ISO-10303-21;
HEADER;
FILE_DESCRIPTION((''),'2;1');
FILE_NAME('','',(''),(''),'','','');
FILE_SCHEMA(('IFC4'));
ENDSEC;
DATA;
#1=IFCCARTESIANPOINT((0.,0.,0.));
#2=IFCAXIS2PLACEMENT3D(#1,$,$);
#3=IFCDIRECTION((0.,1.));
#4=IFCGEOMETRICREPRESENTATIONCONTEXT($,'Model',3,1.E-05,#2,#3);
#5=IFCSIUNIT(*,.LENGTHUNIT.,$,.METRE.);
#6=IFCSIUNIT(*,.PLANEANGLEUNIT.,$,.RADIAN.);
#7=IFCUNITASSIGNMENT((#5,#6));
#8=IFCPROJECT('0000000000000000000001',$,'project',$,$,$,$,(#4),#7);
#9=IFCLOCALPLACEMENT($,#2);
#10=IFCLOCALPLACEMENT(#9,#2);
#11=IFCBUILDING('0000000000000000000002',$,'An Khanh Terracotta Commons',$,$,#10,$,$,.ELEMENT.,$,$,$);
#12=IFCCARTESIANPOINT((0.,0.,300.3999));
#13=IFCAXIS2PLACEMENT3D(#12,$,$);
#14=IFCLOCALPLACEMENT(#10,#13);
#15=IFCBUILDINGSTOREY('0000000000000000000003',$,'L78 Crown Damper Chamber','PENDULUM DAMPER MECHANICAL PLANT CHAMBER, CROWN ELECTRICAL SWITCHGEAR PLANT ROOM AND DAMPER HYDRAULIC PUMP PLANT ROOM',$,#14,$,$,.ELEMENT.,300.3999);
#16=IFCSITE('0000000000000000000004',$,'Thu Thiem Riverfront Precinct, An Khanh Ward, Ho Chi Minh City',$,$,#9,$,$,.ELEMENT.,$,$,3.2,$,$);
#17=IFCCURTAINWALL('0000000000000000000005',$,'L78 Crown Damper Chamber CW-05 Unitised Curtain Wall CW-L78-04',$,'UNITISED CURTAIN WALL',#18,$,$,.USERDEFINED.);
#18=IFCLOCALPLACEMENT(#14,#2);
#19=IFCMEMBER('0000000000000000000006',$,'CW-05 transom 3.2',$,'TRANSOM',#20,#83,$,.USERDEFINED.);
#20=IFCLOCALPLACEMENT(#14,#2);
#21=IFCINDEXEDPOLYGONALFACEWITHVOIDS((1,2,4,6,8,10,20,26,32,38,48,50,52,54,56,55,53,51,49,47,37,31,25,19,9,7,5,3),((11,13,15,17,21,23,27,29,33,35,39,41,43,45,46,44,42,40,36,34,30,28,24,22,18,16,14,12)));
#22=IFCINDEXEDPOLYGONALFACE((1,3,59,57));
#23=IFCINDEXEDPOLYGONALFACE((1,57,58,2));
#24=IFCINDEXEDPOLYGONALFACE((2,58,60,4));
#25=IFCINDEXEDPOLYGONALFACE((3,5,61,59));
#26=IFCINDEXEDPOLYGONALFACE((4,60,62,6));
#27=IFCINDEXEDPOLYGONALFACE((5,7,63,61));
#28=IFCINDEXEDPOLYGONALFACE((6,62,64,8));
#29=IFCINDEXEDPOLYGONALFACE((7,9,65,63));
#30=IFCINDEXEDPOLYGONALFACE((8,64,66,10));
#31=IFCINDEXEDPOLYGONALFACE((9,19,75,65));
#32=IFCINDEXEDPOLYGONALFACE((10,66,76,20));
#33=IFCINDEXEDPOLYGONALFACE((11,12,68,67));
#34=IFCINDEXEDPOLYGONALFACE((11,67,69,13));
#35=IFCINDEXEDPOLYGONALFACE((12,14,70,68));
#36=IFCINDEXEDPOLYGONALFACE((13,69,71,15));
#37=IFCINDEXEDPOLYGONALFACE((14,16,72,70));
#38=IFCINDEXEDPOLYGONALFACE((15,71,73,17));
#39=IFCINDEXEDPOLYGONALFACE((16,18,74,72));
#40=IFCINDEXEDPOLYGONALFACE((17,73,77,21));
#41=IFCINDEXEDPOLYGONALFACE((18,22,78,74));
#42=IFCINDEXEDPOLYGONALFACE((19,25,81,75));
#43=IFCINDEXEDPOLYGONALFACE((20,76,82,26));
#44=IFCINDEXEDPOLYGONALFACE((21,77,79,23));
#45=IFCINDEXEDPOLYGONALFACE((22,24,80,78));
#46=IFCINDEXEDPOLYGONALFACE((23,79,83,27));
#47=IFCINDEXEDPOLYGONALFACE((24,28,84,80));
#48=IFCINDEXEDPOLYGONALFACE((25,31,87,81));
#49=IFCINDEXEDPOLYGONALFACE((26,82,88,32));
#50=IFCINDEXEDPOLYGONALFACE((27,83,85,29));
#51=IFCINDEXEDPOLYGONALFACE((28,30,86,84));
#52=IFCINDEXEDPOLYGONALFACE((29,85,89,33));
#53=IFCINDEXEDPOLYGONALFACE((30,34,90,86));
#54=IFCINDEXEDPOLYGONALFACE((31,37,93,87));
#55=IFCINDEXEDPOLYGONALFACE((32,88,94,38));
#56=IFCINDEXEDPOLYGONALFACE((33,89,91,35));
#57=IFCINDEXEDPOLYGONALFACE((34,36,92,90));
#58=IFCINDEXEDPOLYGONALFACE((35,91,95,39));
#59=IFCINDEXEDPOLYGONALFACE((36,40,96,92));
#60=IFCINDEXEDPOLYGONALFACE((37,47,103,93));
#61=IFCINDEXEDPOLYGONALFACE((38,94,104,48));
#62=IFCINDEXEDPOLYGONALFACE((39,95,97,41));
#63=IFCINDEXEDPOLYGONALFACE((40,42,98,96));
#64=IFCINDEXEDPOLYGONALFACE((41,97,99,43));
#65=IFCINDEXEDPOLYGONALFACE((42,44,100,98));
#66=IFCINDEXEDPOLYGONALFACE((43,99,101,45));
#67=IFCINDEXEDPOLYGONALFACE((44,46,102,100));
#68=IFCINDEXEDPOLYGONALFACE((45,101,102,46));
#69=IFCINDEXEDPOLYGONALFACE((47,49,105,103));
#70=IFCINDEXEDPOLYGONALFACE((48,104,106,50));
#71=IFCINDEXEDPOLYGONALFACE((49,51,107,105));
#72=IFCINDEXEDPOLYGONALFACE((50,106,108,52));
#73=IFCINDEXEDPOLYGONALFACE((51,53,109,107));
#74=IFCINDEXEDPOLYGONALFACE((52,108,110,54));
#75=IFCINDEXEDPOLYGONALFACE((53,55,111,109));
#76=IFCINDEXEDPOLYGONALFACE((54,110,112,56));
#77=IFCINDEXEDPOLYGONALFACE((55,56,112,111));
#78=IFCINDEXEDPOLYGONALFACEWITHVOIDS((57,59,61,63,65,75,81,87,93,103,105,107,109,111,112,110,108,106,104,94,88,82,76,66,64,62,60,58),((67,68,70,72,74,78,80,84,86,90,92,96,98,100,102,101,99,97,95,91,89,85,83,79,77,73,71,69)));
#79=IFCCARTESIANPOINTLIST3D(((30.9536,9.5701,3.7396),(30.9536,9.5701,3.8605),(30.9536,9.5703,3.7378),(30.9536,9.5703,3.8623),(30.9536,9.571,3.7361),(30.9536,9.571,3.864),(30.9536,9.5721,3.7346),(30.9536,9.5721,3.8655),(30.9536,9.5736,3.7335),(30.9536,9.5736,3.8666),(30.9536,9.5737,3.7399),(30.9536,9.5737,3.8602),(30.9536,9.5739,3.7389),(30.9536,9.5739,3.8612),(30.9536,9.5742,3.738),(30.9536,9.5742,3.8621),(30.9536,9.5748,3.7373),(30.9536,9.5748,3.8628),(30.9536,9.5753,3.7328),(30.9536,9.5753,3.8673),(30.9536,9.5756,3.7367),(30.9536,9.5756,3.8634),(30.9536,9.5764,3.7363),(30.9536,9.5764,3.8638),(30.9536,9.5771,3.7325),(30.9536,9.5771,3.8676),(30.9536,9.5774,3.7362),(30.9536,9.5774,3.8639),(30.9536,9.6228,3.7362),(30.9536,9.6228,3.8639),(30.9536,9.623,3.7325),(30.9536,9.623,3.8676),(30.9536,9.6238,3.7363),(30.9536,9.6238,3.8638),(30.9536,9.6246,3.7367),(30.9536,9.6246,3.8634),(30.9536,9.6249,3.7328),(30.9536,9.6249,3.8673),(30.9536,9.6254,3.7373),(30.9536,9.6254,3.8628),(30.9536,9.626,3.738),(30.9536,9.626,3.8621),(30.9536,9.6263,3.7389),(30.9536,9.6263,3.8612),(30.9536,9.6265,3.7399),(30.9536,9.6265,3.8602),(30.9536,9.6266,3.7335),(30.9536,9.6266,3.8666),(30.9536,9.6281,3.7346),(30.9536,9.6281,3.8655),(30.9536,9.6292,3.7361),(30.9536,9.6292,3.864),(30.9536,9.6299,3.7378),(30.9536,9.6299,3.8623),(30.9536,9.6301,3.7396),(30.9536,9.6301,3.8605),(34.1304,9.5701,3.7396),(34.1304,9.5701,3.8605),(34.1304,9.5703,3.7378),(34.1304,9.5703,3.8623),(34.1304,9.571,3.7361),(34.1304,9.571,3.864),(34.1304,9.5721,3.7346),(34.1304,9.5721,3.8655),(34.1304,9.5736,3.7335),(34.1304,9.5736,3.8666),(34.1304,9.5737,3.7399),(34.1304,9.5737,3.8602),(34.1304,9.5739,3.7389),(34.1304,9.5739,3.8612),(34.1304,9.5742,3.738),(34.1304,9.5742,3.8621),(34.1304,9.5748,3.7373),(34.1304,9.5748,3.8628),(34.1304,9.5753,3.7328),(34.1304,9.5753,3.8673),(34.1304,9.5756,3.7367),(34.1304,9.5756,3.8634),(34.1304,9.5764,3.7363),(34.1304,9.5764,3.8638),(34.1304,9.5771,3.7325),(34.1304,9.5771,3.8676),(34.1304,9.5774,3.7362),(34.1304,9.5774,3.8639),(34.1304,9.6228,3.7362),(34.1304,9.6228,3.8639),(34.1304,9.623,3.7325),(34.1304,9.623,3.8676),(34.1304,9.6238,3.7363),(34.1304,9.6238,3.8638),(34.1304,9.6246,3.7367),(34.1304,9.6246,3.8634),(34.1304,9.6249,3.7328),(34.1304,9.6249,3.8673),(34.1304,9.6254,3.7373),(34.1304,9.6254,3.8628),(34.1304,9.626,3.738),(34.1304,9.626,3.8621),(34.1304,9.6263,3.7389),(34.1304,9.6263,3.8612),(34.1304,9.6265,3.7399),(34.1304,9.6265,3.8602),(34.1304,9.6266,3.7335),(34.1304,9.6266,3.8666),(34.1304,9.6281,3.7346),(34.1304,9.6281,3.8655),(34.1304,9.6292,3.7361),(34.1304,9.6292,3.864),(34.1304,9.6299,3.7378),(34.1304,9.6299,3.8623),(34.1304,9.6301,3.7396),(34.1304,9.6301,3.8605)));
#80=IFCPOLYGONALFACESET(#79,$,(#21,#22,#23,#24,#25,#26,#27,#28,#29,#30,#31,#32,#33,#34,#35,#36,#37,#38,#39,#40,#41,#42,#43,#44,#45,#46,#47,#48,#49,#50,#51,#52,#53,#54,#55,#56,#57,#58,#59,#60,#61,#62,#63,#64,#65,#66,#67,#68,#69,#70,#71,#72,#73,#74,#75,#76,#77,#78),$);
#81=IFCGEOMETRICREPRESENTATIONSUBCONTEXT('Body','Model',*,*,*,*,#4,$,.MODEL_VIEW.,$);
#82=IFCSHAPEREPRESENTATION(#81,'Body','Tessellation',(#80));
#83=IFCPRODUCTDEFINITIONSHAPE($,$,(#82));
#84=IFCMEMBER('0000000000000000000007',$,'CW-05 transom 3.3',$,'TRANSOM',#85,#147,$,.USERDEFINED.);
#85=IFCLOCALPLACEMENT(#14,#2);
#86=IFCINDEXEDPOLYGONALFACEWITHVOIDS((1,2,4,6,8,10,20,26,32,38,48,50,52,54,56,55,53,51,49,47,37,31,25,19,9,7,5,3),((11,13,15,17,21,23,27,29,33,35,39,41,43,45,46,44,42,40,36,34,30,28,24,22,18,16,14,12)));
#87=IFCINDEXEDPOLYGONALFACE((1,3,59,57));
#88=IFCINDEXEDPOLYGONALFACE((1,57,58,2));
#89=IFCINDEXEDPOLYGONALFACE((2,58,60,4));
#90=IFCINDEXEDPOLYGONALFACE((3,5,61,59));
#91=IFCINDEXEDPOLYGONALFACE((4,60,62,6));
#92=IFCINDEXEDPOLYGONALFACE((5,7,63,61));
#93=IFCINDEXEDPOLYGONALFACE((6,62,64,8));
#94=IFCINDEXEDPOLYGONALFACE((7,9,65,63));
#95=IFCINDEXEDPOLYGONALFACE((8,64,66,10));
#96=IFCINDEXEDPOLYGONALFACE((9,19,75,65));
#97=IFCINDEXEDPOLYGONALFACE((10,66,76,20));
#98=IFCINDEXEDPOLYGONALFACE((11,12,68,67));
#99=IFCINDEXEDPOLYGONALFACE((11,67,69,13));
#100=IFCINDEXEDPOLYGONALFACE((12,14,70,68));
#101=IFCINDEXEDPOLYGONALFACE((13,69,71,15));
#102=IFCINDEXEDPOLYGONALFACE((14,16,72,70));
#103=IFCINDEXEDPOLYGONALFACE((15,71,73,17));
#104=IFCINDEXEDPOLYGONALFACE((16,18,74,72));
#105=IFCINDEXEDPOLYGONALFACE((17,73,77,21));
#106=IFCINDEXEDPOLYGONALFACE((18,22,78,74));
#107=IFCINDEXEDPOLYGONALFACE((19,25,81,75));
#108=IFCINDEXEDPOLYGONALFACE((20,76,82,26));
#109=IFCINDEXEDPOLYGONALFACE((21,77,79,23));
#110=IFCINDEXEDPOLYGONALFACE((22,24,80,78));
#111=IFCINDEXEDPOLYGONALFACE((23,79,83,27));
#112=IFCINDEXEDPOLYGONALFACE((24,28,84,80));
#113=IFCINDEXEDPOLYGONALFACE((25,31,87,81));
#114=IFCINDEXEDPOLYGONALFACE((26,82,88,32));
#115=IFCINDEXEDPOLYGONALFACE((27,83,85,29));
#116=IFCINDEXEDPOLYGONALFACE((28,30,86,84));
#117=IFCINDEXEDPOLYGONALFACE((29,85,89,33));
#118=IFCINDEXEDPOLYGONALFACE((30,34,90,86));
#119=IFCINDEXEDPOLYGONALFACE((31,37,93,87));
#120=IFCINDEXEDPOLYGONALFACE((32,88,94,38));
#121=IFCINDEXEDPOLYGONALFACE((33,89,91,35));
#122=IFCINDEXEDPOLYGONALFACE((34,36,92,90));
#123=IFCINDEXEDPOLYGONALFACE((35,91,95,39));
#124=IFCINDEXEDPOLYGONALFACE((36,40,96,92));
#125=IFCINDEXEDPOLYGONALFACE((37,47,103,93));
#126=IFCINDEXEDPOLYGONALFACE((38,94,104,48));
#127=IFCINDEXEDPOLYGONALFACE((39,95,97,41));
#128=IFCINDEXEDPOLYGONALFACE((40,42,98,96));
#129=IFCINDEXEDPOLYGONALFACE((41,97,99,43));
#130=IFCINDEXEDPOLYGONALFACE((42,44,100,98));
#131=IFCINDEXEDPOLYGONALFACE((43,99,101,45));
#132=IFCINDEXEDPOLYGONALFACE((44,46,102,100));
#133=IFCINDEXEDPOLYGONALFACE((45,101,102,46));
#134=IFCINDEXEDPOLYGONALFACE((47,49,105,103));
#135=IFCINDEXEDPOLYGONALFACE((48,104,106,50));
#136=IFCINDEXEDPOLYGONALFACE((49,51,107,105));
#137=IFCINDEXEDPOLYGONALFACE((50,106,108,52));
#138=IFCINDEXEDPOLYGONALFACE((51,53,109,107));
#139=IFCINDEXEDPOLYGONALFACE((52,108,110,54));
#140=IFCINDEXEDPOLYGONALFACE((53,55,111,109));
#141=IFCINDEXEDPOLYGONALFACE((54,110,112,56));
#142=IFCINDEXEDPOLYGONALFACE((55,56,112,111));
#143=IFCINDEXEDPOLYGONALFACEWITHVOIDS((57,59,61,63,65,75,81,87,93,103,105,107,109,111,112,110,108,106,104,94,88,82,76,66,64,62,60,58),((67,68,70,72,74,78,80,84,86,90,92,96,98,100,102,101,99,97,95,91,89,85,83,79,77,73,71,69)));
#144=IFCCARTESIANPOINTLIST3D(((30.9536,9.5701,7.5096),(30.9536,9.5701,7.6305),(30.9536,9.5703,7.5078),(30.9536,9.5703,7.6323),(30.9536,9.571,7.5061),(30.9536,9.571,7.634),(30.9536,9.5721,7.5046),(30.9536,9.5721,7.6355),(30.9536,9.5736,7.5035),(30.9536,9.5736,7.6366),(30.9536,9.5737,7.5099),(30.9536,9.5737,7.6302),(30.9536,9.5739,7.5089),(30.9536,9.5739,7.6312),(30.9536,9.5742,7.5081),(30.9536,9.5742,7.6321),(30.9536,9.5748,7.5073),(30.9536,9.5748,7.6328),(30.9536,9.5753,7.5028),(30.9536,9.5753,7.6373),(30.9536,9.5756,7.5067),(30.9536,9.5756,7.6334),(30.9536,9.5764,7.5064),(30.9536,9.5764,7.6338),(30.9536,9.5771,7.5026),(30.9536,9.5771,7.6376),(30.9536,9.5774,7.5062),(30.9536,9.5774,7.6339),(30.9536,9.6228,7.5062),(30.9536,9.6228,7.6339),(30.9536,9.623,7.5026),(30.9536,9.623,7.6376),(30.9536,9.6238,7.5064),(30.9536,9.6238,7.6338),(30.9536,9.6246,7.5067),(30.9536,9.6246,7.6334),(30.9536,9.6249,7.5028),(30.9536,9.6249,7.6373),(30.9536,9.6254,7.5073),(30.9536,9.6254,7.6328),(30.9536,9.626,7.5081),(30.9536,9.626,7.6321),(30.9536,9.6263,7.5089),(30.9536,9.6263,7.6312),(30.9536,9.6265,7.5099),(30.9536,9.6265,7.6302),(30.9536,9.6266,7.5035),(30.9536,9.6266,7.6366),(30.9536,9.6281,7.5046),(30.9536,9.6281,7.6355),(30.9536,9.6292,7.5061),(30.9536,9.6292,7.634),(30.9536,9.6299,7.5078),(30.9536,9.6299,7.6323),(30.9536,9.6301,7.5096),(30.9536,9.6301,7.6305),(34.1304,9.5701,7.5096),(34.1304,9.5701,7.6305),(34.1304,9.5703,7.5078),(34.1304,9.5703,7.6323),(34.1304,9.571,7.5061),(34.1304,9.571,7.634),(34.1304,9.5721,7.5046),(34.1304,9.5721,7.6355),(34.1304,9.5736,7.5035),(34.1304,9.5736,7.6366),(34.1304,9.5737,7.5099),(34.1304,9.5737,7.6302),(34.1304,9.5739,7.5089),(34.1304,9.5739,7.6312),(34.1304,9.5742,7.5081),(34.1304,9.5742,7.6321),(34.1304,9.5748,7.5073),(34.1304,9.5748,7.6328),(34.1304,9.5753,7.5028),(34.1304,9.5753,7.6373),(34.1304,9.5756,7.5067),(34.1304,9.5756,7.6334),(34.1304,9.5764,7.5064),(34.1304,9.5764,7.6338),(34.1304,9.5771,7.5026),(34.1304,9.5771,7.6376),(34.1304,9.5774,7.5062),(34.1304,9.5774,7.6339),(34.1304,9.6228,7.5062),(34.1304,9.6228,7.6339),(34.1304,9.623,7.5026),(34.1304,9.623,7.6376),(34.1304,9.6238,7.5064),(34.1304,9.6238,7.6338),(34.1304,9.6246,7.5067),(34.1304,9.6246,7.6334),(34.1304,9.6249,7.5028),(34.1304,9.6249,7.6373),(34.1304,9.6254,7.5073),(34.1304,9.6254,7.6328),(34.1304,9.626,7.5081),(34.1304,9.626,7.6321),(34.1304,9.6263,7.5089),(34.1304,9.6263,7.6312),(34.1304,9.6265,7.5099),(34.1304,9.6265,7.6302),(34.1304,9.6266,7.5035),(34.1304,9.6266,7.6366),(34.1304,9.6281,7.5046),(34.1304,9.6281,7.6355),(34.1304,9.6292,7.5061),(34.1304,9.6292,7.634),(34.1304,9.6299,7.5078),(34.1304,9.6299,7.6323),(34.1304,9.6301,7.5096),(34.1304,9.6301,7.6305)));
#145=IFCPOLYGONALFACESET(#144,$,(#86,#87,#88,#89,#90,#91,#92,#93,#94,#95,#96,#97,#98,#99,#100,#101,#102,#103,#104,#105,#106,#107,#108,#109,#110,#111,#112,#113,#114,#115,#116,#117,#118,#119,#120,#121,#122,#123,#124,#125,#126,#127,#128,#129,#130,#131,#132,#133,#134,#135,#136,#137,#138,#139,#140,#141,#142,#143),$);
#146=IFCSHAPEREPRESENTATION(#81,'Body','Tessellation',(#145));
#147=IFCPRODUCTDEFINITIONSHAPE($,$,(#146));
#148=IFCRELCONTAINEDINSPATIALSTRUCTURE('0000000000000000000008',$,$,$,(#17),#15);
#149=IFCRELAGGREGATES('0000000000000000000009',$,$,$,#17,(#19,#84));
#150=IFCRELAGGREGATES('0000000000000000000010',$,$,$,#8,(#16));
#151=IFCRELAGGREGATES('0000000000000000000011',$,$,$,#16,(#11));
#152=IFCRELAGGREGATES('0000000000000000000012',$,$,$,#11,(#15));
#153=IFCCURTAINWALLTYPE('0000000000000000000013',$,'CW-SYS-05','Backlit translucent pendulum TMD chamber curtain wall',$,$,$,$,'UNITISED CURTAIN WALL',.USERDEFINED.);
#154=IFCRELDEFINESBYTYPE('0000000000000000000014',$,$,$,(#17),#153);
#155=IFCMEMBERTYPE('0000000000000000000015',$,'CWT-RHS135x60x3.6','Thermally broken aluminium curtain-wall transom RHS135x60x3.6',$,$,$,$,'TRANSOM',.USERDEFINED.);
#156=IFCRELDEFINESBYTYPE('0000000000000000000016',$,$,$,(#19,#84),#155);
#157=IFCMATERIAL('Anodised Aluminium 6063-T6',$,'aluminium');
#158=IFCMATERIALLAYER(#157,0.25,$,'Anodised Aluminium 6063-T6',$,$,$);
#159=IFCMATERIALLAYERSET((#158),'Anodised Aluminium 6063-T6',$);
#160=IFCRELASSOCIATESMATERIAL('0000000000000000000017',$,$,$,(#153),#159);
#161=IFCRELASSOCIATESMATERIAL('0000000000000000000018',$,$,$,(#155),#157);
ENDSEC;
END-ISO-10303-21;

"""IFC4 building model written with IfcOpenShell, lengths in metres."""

from ifc_helpers import new_model, si_unit, direction, frame, origin, origin_2d, place, context, subcontext, project, spatial, hollow_rectangle, extrude, material, layer, layer_set, material_profile, profile_set, type_object, element, aggregate, save


model = new_model("IFC4")

# Units and contexts
model_context = context("Model", 3, precision=1e-05, world=origin(), true_north=direction((0.0, 1.0)))
body_context = subcontext(model_context, "Body", "Model", "MODEL_VIEW")
ifc_project = project(units=[si_unit("LENGTHUNIT", "METRE"), si_unit("PLANEANGLEUNIT", "RADIAN")], contexts=[model_context])

# Site, building, storey
site_placement = place(None, origin())
site = spatial("IfcSite", under=ifc_project, at=site_placement, Name="Thu Thiem Riverfront Precinct, An Khanh Ward, Ho Chi Minh City", CompositionType="ELEMENT", RefElevation=3.2)
building_placement = place(site_placement, origin())
building = spatial("IfcBuilding", under=site, at=building_placement, Name="An Khanh Terracotta Commons", CompositionType="ELEMENT")
storey_placement = place(building_placement, frame((0.0, 0.0, 300.3999)))
storey = spatial("IfcBuildingStorey", under=building, at=storey_placement, Name="L78 Crown Damper Chamber", Description="PENDULUM DAMPER MECHANICAL PLANT CHAMBER, CROWN ELECTRICAL SWITCHGEAR PLANT ROOM AND DAMPER HYDRAULIC PUMP PLANT ROOM", CompositionType="ELEMENT", Elevation=300.3999)

# Curtain wall, members
ifc_material_1 = material(Name="Anodised Aluminium 6063-T6", Category="aluminium")
ifc_layer_1 = layer(ifc_material_1, 0.25, Name="Anodised Aluminium 6063-T6")
ifc_layer_set_1 = layer_set([ifc_layer_1], Name="Anodised Aluminium 6063-T6")
curtain_wall_type = type_object("IfcCurtainWallType", Name="CW-SYS-05", Description="Backlit translucent pendulum TMD chamber curtain wall", ElementType="UNITISED CURTAIN WALL", PredefinedType="USERDEFINED", material=ifc_layer_set_1)
curtain_wall_placement = place(storey_placement, origin())
curtain_wall = element("IfcCurtainWall", 1, at=curtain_wall_placement, inside=storey, type_object=curtain_wall_type, Name="L78 Crown Damper Chamber CW-05 Unitised Curtain Wall CW-L78-04", ObjectType="UNITISED CURTAIN WALL", PredefinedType="USERDEFINED")
ifc_material_profile_1 = material_profile(ifc_material_1, hollow_rectangle(XDim=0.0601, YDim=0.135, WallThickness=0.0037, InnerFilletRadius=0.0037, OuterFilletRadius=0.0071, at=origin_2d()), Name="RHS135x60x3.6")
ifc_profile_set_1 = profile_set([ifc_material_profile_1], Name="Anodised Aluminium 6063-T6")
member_type_1 = type_object("IfcMemberType", Name="CWT-RHS135x60x3.6", Description="Thermally broken aluminium curtain-wall transom RHS135x60x3.6", ElementType="TRANSOM", PredefinedType="USERDEFINED", material=ifc_profile_set_1)
member_1_placement = place(storey_placement, frame((30.9536, 9.6001, 3.8), z_axis=(1.0, 0.0, 0.0), x_axis=(0.0, 1.0, 0.0)))
member_1 = element("IfcMember", 2, at=member_1_placement, type_object=member_type_1, Name="CW-05 transom 3.2", ObjectType="TRANSOM", PredefinedType="USERDEFINED", context=body_context, shape_type="SweptSolid", body=[
    extrude(hollow_rectangle(XDim=0.0601, YDim=0.135, WallThickness=0.0037, InnerFilletRadius=0.0037, OuterFilletRadius=0.0071, at=origin_2d()), origin(), (0.0, 0.0, 1.0), 3.1768),
])
member_2_placement = place(storey_placement, frame((30.9536, 9.6001, 7.5701), z_axis=(1.0, 0.0, 0.0), x_axis=(0.0, 1.0, 0.0)))
member_2 = element("IfcMember", 3, at=member_2_placement, type_object=member_type_1, Name="CW-05 transom 3.3", ObjectType="TRANSOM", PredefinedType="USERDEFINED", context=body_context, shape_type="SweptSolid", body=[
    extrude(hollow_rectangle(XDim=0.0601, YDim=0.135, WallThickness=0.0037, InnerFilletRadius=0.0037, OuterFilletRadius=0.0071, at=origin_2d()), origin(), (0.0, 0.0, 1.0), 3.1768),
])
aggregate(curtain_wall, [member_1, member_2])

save(model, "model.ifc")
